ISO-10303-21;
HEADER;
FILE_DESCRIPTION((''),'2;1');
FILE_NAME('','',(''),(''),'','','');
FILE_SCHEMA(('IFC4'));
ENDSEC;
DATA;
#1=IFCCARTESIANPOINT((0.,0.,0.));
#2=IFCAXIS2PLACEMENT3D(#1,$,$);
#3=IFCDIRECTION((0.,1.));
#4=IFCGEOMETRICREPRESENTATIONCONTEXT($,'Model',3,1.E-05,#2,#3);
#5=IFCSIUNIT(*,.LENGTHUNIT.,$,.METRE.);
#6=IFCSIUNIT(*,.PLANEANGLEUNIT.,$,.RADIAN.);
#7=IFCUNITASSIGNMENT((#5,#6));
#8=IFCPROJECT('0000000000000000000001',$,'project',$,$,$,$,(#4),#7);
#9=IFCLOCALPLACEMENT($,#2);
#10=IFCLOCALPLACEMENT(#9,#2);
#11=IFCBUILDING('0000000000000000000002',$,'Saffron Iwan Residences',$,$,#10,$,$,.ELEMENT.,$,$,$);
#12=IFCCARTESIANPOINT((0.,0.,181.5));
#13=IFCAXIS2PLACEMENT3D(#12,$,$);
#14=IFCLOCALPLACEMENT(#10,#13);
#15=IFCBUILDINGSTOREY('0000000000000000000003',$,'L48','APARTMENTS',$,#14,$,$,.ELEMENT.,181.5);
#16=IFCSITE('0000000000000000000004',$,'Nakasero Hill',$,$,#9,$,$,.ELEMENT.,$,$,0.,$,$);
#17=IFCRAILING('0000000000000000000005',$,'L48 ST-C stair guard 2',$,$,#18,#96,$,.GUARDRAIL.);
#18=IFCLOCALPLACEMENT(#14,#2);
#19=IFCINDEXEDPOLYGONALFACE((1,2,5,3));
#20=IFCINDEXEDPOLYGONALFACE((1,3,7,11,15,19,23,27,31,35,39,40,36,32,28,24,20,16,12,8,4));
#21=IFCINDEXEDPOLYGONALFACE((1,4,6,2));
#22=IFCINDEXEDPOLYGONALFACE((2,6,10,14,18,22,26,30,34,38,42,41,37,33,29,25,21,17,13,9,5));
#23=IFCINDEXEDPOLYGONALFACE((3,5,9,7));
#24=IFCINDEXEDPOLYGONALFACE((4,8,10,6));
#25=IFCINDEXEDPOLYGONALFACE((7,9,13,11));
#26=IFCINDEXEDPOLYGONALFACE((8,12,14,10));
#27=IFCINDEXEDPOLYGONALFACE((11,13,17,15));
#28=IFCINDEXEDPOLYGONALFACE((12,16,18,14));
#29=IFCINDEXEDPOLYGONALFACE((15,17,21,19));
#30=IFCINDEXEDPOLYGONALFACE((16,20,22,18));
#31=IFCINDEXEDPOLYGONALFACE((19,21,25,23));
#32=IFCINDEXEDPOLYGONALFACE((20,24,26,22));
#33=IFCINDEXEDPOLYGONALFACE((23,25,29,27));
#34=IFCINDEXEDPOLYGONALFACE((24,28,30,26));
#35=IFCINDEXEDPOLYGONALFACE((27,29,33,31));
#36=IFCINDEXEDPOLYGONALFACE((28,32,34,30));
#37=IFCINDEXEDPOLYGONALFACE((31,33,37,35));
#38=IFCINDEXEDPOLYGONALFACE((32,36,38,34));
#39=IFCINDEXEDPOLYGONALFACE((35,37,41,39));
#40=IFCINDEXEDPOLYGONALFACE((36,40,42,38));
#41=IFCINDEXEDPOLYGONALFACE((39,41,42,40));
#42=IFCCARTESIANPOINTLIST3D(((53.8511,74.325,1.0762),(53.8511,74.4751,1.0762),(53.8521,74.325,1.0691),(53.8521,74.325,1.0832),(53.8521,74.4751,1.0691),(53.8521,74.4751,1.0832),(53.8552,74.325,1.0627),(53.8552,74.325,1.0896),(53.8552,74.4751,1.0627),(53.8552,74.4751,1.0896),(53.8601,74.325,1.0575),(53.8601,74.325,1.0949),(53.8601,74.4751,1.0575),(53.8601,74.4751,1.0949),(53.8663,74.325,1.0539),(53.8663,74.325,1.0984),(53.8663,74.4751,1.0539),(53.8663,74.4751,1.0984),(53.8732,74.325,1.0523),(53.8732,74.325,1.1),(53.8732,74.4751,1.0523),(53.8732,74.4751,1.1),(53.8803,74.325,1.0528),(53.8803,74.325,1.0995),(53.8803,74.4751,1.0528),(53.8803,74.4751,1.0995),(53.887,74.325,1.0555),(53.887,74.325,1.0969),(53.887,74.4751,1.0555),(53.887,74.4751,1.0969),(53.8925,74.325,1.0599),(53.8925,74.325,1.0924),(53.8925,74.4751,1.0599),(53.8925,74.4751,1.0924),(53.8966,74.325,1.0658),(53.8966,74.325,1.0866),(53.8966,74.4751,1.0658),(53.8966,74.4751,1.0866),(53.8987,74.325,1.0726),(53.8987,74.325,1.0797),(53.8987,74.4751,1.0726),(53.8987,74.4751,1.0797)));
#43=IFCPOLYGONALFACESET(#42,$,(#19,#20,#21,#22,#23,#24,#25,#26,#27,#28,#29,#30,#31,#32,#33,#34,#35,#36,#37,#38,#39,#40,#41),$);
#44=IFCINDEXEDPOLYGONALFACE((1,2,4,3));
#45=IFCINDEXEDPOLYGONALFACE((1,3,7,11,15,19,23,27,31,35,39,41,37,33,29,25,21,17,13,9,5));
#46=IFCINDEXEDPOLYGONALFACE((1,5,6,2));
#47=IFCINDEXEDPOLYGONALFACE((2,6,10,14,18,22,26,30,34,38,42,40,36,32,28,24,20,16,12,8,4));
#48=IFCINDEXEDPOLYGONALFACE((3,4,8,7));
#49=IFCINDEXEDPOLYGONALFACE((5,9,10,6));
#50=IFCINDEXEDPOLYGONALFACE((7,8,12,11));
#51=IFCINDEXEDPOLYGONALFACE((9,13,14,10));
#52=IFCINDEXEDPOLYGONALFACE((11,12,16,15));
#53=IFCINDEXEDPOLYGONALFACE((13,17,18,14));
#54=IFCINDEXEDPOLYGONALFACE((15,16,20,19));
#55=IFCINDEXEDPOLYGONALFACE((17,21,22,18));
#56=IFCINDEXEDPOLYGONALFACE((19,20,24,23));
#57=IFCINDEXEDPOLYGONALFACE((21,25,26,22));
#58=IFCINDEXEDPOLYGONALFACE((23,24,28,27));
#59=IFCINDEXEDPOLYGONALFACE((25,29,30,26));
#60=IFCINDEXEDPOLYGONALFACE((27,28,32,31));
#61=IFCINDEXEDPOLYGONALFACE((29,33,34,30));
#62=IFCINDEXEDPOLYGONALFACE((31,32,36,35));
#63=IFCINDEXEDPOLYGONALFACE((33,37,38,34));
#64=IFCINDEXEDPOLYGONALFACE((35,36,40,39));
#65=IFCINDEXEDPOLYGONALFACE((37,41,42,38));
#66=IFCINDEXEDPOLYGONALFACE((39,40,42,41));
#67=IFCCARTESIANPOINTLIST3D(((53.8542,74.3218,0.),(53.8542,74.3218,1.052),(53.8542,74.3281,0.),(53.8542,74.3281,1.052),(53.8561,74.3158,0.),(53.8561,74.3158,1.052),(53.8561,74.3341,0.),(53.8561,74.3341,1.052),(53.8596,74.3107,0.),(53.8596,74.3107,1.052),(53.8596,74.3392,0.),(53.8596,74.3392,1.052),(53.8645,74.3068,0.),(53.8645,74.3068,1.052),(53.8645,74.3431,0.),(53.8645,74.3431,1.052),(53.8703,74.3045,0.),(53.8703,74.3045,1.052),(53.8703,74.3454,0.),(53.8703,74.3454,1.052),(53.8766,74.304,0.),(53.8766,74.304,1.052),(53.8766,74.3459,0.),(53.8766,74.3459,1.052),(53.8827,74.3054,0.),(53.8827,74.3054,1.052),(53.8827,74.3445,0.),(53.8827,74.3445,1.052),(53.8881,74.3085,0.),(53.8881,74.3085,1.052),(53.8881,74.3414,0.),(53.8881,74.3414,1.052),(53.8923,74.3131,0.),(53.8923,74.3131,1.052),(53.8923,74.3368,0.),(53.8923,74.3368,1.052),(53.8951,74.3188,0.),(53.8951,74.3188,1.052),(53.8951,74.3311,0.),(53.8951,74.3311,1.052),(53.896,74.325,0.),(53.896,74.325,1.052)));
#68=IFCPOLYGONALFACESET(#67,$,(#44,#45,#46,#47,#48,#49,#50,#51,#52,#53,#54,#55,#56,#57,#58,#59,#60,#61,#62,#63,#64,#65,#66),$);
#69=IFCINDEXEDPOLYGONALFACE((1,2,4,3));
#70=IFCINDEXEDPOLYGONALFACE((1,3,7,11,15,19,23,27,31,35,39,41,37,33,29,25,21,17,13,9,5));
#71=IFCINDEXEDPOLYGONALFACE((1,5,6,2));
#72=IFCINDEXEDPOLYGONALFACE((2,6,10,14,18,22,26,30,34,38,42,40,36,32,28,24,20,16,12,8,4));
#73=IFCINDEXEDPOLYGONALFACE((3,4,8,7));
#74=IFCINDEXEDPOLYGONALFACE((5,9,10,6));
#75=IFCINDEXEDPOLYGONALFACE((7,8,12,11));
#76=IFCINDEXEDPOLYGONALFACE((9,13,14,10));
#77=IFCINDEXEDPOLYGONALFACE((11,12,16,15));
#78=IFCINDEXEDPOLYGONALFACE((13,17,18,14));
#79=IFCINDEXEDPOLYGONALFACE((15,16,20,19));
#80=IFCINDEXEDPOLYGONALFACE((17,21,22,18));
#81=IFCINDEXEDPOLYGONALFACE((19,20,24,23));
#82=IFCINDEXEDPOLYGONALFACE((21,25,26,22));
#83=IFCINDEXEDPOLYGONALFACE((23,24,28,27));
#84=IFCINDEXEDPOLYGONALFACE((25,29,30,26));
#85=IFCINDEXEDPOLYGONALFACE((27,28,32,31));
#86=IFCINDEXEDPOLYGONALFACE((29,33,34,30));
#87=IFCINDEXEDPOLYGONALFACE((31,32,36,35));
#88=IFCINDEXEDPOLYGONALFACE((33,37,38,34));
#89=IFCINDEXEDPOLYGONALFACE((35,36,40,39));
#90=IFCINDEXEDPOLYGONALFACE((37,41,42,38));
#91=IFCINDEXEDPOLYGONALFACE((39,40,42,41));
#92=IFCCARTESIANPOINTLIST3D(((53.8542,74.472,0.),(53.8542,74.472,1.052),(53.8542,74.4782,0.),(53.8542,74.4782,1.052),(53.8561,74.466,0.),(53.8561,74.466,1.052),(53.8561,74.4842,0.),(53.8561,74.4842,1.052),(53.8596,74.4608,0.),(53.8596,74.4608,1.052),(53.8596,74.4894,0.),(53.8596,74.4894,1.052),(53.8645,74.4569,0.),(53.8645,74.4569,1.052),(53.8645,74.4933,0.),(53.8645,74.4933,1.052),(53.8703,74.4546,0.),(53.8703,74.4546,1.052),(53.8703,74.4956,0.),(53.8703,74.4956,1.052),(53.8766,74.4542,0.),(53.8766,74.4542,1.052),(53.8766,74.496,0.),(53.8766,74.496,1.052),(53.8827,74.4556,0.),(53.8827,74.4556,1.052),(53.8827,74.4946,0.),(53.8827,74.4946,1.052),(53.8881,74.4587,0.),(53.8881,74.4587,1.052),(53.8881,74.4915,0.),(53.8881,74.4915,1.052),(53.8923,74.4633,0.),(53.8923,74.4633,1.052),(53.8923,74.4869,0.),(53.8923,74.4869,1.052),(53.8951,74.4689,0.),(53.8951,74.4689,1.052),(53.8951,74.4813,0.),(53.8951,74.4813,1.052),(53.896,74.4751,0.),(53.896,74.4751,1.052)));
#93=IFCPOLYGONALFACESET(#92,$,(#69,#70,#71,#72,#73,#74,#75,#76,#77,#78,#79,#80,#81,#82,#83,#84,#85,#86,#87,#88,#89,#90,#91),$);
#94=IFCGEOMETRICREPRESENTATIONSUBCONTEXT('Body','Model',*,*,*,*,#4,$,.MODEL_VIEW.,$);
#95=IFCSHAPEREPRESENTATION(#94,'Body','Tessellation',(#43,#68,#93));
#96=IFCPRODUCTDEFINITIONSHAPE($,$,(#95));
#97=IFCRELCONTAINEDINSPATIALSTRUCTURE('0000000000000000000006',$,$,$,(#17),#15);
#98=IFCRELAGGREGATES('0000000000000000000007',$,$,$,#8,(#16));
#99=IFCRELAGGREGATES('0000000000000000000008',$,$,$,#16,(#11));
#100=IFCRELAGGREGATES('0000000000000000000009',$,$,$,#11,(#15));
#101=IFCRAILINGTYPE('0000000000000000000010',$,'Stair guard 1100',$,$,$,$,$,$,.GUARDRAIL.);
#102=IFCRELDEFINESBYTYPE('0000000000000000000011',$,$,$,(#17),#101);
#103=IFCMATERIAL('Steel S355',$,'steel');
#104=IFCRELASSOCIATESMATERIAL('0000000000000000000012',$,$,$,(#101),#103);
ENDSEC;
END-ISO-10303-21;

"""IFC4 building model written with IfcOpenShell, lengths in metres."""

from ifc_helpers import new_model, si_unit, direction, frame, origin, origin_2d, place, context, subcontext, project, spatial, circle, extrude, material, type_object, element, save


model = new_model("IFC4")

# Units and contexts
model_context = context("Model", 3, precision=1e-05, world=origin(), true_north=direction((0.0, 1.0)))
body_context = subcontext(model_context, "Body", "Model", "MODEL_VIEW")
ifc_project = project(units=[si_unit("LENGTHUNIT", "METRE"), si_unit("PLANEANGLEUNIT", "RADIAN")], contexts=[model_context])

# Site, building, storey
site_placement = place(None, origin())
site = spatial("IfcSite", under=ifc_project, at=site_placement, Name="Nakasero Hill", CompositionType="ELEMENT", RefElevation=0.0)
building_placement = place(site_placement, origin())
building = spatial("IfcBuilding", under=site, at=building_placement, Name="Saffron Iwan Residences", CompositionType="ELEMENT")
storey_placement = place(building_placement, frame((0.0, 0.0, 181.5)))
storey = spatial("IfcBuildingStorey", under=building, at=storey_placement, Name="L48", Description="APARTMENTS", CompositionType="ELEMENT", Elevation=181.5)

# Railing
ifc_material_1 = material(Name="Steel S355", Category="steel")
railing_type_1 = type_object("IfcRailingType", Name="Stair guard 1100", PredefinedType="GUARDRAIL", material=ifc_material_1)
railing_1_placement = place(storey_placement, frame((53.875, 74.325, 0.0)))
element("IfcRailing", 1, at=railing_1_placement, inside=storey, type_object=railing_type_1, Name="L48 ST-C stair guard 2", PredefinedType="GUARDRAIL", context=body_context, shape_type="SweptSolid", body=[
    extrude(circle(Radius=0.0239, at=origin_2d()), frame((0.0, 0.0, 1.0762), z_axis=(0.0, 1.0, 0.0), x_axis=(-1.0, 0.0, 0.0)), (0.0, 0.0, 1.0), 0.1501),
    extrude(circle(Radius=0.021, at=origin_2d()), origin(), (0.0, 0.0, 1.0), 1.052),
    extrude(circle(Radius=0.021, at=origin_2d()), frame((0.0, 0.1501, 0.0)), (0.0, 0.0, 1.0), 1.052),
])

save(model, "model.ifc")
